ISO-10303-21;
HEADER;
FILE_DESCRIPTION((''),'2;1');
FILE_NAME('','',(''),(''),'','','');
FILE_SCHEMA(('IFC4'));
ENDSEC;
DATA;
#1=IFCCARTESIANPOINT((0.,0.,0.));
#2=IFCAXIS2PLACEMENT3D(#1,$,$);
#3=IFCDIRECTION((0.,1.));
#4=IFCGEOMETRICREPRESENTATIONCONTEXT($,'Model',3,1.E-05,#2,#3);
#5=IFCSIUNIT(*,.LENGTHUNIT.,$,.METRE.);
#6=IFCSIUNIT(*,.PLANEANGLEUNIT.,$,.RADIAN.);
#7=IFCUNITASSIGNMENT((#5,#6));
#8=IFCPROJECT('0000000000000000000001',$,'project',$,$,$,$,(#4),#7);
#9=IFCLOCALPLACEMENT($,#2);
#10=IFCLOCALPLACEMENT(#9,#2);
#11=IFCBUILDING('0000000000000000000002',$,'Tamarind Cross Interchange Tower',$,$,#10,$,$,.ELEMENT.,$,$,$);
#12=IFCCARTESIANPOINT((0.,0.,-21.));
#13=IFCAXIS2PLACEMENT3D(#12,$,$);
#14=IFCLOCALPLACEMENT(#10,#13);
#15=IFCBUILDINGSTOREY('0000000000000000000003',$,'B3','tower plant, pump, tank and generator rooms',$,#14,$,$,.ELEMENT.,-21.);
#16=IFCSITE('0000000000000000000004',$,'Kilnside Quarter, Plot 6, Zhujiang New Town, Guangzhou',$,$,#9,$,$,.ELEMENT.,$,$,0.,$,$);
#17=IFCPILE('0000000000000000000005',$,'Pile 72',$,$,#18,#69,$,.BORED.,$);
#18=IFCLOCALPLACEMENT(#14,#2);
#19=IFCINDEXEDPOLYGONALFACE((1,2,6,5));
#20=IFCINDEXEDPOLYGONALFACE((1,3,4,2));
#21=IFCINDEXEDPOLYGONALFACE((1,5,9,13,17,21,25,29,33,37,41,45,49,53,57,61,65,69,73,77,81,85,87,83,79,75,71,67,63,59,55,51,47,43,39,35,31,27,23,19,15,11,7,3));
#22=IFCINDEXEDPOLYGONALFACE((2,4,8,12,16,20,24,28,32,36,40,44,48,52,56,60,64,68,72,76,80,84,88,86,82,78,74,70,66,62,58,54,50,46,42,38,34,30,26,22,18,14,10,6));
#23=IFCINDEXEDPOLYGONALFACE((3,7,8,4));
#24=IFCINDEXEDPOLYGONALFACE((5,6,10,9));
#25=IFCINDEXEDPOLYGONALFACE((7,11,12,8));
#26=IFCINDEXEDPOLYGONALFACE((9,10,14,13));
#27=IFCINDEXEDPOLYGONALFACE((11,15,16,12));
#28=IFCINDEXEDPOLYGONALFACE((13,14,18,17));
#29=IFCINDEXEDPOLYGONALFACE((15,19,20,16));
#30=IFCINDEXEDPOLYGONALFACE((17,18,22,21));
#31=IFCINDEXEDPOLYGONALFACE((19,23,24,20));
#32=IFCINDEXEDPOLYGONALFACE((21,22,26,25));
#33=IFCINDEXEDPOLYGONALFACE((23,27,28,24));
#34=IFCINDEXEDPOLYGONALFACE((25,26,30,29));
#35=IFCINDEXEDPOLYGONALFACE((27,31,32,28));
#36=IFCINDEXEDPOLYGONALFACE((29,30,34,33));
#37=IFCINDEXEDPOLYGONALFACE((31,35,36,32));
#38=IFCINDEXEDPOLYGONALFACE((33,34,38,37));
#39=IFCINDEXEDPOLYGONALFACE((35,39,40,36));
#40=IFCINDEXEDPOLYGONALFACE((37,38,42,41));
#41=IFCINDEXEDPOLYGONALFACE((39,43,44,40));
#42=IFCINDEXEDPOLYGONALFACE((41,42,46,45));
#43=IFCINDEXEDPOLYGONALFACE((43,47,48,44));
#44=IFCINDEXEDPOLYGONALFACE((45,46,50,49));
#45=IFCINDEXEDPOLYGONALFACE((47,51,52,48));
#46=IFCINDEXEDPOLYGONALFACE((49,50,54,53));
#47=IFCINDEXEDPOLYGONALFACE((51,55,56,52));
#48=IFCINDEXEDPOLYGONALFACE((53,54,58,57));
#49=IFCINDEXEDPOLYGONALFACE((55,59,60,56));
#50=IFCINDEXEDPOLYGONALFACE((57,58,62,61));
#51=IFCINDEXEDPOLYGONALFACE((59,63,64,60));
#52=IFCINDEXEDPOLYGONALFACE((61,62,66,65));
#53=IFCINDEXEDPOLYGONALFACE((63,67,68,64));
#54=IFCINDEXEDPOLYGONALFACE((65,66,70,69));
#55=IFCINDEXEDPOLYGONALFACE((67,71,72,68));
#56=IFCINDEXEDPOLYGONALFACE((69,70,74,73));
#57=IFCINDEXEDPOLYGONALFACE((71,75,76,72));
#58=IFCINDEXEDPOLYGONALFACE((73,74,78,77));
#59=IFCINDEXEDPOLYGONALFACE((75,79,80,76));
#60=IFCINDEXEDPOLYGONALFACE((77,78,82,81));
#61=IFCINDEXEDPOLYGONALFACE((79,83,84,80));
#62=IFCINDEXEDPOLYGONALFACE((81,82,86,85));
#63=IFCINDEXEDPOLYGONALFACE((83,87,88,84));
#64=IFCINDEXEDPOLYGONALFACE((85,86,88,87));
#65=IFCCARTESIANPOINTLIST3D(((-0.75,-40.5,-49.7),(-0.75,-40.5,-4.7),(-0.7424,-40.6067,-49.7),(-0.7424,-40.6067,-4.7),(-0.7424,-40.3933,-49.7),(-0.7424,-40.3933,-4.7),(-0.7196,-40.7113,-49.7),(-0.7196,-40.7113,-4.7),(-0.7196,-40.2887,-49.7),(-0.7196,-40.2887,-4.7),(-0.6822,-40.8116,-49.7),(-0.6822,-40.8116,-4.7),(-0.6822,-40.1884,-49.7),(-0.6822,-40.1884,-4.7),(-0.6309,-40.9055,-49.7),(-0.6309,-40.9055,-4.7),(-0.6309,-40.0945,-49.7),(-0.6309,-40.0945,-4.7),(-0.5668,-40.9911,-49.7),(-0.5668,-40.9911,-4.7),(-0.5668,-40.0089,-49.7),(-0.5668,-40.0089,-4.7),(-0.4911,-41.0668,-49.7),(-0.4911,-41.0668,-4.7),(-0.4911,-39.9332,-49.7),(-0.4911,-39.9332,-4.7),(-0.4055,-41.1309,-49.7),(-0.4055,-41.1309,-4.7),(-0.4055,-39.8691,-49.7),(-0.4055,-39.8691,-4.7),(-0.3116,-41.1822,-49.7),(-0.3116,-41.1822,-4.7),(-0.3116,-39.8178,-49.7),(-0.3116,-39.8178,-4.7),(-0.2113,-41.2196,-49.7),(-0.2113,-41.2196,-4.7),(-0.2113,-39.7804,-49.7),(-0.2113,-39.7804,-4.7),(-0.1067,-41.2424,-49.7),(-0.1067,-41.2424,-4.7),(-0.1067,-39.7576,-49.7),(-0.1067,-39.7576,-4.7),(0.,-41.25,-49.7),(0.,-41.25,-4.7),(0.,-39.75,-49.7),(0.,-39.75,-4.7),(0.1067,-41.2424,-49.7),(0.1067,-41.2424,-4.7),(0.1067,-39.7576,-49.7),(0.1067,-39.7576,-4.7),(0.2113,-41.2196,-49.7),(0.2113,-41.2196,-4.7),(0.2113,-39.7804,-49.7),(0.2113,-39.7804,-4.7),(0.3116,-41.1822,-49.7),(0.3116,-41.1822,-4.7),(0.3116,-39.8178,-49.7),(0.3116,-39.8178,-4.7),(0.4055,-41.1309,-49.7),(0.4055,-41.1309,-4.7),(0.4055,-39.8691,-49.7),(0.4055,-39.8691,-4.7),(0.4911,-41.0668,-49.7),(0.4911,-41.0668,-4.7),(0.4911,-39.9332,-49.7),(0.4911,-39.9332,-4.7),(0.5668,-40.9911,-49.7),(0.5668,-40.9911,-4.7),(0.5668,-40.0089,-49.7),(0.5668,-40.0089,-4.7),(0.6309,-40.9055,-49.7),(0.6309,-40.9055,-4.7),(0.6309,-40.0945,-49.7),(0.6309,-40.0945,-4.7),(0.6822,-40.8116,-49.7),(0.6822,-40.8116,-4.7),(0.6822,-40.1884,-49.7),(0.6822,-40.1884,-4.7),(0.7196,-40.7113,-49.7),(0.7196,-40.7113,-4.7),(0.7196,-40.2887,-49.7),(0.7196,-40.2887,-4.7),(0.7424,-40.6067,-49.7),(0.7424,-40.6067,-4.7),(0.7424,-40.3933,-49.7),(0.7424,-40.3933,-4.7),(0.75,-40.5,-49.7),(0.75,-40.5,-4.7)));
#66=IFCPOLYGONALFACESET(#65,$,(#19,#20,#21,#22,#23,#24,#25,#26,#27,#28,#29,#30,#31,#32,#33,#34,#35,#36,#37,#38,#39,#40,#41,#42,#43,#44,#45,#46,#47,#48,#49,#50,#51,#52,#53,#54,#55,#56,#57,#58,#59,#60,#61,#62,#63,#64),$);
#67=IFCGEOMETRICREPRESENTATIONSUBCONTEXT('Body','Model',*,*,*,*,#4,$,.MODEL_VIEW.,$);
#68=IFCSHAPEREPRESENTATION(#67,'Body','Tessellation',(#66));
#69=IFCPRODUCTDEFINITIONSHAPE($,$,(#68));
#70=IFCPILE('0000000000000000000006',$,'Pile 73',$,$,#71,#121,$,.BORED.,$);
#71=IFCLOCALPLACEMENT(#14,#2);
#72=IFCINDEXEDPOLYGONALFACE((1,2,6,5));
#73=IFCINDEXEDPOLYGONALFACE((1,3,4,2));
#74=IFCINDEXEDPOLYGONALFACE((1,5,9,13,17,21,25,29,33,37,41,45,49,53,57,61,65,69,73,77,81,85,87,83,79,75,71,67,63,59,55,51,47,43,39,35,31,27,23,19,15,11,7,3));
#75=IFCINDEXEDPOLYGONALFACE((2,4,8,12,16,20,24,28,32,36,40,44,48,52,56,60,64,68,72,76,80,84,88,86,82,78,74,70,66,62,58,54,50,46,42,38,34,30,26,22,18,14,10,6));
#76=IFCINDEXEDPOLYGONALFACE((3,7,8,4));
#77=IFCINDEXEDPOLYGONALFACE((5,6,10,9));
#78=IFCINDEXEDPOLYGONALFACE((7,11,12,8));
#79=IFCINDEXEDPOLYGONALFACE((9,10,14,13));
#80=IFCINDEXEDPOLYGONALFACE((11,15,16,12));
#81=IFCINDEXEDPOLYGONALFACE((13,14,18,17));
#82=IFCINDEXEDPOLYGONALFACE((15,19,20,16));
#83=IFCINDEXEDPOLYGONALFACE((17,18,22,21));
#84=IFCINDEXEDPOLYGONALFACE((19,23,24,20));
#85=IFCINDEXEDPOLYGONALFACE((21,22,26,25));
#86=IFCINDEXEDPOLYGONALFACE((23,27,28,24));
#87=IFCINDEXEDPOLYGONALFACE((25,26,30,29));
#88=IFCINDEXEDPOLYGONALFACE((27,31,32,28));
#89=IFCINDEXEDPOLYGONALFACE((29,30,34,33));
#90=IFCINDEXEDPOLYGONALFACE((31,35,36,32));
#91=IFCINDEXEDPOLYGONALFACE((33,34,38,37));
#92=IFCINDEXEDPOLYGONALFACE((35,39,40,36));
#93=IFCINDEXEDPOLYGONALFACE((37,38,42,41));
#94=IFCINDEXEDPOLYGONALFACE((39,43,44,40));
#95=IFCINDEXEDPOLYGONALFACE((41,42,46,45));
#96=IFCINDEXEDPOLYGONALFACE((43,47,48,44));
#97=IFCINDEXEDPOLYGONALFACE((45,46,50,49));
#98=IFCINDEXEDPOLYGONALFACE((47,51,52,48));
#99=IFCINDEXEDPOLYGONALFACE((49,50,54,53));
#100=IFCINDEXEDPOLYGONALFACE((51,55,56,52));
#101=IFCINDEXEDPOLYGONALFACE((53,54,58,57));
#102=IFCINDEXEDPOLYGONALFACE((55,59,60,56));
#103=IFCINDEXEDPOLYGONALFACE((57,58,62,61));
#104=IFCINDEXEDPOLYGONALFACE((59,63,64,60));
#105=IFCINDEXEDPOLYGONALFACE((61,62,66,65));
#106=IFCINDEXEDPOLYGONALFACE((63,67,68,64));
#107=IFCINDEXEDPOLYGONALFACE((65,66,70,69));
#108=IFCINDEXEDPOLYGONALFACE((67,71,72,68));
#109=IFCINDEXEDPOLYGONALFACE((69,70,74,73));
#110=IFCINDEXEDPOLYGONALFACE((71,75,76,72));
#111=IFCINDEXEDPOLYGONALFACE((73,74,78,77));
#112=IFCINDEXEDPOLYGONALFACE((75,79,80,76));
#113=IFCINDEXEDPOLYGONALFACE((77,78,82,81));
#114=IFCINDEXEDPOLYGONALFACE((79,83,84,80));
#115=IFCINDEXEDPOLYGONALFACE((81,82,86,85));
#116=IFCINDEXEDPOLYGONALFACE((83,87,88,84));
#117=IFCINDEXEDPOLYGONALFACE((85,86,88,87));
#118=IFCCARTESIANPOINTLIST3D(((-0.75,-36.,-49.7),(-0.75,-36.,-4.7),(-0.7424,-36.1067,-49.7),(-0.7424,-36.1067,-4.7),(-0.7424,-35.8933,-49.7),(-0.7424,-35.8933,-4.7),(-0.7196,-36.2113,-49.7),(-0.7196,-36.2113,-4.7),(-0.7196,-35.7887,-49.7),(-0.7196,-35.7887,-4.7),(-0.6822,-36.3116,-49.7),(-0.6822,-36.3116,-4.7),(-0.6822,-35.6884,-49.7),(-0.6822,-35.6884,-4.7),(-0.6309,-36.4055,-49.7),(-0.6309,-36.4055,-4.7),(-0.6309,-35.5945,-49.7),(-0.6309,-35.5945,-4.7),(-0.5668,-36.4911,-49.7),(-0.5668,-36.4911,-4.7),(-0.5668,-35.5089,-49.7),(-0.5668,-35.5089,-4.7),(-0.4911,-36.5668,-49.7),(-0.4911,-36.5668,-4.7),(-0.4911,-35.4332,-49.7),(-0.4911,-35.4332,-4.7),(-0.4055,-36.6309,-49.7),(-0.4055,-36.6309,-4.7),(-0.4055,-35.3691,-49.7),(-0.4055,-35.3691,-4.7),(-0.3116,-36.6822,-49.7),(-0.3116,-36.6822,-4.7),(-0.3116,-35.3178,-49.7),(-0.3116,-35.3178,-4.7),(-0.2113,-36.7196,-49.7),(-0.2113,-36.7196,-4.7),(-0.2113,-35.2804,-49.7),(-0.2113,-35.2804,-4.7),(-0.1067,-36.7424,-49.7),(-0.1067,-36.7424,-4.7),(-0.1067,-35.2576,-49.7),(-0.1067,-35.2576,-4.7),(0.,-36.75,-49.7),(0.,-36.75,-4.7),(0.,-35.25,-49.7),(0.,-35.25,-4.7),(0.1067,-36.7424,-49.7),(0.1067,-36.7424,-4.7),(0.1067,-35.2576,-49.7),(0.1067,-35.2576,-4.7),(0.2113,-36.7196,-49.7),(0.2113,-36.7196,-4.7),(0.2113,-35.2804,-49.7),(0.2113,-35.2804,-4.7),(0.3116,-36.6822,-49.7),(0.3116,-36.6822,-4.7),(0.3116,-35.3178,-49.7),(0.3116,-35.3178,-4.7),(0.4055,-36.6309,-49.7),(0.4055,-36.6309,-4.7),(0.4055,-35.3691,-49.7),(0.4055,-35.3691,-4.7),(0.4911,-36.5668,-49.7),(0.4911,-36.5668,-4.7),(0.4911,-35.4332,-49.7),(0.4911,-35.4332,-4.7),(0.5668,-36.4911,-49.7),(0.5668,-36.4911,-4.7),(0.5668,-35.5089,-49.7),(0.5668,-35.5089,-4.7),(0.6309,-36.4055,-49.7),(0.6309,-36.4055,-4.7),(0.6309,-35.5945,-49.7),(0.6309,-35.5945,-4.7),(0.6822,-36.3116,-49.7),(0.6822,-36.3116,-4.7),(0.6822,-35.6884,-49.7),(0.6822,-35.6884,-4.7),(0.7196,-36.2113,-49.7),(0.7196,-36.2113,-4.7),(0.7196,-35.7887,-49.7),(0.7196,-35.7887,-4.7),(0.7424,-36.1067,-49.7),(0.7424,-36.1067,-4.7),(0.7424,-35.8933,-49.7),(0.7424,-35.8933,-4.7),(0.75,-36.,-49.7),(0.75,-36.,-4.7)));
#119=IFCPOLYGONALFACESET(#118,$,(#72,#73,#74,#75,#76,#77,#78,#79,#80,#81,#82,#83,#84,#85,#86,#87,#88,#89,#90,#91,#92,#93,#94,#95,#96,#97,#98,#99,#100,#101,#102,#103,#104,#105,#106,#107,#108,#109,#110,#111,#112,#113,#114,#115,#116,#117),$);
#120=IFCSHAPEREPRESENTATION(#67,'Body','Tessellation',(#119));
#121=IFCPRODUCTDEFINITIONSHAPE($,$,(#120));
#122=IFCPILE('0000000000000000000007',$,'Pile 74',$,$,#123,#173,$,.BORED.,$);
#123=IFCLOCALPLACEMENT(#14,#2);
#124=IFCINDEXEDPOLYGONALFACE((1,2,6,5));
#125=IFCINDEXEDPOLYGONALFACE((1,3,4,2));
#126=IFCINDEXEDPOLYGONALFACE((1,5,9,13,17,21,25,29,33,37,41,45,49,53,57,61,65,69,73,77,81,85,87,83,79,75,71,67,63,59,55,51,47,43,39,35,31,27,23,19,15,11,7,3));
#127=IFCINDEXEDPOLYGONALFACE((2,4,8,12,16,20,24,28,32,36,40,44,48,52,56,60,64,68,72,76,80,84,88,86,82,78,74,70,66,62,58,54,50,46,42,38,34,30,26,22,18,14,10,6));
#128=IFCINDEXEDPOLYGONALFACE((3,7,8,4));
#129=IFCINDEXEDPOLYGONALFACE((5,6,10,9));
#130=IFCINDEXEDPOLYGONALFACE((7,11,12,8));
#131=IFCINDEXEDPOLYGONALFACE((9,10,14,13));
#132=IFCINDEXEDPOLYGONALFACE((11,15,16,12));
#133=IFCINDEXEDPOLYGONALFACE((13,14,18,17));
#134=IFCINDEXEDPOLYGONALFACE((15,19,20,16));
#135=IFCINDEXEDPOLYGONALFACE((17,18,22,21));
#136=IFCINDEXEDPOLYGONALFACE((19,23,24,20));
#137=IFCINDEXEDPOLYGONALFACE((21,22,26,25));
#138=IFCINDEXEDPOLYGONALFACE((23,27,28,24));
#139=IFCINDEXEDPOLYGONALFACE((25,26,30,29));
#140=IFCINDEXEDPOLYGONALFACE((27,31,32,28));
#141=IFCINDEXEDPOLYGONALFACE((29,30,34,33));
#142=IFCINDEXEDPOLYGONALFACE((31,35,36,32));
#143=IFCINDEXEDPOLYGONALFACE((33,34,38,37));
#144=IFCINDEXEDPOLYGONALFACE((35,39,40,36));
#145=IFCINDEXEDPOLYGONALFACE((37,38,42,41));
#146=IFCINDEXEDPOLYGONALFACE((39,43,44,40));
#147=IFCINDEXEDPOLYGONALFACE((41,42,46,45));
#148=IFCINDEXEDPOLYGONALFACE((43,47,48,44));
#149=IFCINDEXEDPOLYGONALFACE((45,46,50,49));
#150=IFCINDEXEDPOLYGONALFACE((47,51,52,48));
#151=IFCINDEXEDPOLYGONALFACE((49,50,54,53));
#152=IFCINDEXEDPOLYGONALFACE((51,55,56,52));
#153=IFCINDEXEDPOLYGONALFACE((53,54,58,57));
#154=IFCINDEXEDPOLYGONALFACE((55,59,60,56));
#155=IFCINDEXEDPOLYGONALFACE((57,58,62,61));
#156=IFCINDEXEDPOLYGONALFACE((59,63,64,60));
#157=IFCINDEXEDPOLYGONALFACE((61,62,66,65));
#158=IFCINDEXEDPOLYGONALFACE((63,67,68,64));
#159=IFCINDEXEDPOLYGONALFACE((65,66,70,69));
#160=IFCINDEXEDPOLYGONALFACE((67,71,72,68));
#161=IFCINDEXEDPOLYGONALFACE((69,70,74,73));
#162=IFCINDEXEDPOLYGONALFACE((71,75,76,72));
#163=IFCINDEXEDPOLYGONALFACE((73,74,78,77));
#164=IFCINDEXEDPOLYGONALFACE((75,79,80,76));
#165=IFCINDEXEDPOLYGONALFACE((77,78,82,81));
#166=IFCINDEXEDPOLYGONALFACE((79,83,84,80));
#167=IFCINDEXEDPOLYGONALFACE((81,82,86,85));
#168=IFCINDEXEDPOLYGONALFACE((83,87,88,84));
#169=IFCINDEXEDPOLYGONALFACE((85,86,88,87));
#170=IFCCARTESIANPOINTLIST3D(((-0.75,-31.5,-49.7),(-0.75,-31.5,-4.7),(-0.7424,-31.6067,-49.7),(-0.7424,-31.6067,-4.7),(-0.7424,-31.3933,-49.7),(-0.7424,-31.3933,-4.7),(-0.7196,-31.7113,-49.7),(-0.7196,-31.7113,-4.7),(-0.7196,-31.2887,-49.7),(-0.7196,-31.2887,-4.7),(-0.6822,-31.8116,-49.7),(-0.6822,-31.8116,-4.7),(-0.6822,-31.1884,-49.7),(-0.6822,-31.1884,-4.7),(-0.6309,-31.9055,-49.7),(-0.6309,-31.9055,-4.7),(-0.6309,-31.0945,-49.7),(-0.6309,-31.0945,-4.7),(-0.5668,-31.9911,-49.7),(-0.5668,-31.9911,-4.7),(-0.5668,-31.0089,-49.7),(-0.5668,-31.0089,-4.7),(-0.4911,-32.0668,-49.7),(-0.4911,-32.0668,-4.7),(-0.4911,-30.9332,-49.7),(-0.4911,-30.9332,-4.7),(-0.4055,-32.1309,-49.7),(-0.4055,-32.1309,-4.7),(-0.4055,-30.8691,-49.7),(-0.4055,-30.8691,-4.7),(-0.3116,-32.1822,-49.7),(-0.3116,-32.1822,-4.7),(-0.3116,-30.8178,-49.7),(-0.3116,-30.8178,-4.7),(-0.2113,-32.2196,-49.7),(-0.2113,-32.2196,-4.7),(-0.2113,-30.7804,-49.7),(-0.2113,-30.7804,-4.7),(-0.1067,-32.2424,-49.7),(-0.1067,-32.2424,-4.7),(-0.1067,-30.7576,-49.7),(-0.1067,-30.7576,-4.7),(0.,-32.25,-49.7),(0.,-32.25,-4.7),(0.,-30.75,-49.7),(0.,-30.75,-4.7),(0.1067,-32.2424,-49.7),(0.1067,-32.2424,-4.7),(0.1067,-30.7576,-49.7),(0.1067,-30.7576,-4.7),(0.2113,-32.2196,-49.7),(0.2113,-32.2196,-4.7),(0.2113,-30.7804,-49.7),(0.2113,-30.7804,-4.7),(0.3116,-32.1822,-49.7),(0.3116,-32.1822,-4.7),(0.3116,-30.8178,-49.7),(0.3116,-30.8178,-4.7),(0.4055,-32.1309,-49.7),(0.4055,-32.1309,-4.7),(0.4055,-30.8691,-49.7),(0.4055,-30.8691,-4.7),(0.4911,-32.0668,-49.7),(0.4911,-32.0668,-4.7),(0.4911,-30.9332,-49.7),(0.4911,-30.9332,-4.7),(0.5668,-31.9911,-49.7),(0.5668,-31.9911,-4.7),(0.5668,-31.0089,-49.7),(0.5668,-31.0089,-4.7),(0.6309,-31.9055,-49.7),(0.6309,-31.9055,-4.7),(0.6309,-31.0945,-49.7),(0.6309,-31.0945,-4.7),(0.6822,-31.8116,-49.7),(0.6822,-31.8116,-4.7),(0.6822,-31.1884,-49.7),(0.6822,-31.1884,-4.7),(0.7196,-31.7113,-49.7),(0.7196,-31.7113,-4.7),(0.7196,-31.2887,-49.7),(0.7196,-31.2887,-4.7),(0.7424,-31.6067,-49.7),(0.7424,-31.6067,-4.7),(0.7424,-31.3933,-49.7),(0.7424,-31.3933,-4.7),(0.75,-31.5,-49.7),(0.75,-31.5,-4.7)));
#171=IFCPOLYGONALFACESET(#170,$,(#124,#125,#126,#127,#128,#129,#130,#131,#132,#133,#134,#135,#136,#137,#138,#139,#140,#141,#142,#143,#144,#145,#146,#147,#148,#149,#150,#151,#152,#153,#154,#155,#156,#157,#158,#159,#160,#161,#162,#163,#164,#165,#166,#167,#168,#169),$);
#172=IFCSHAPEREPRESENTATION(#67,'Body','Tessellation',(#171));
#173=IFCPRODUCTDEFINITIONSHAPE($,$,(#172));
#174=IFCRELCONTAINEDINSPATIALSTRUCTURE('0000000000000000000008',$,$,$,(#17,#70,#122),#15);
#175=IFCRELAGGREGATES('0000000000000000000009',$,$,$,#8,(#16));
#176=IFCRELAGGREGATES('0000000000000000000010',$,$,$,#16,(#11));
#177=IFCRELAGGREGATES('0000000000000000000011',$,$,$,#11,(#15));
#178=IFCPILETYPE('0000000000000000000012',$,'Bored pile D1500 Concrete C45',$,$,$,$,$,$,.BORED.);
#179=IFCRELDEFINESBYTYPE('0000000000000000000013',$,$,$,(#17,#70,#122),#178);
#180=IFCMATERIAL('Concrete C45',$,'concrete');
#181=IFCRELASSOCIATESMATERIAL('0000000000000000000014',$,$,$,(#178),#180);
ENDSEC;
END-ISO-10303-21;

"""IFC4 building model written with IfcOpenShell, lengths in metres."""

from ifc_helpers import new_model, si_unit, direction, frame, origin, origin_2d, place, context, subcontext, project, spatial, circle, extrude, material, material_profile, profile_set, type_object, element, save


model = new_model("IFC4")

# Units and contexts
model_context = context("Model", 3, precision=1e-05, world=origin(), true_north=direction((0.0, 1.0)))
body_context = subcontext(model_context, "Body", "Model", "MODEL_VIEW")
ifc_project = project(units=[si_unit("LENGTHUNIT", "METRE"), si_unit("PLANEANGLEUNIT", "RADIAN")], contexts=[model_context])

# Site, building, storey
site_placement = place(None, origin())
site = spatial("IfcSite", under=ifc_project, at=site_placement, Name="Kilnside Quarter, Plot 6, Zhujiang New Town, Guangzhou", CompositionType="ELEMENT", RefElevation=0.0)
building_placement = place(site_placement, origin())
building = spatial("IfcBuilding", under=site, at=building_placement, Name="Tamarind Cross Interchange Tower", CompositionType="ELEMENT")
storey_placement = place(building_placement, frame((0.0, 0.0, -21.0)))
storey = spatial("IfcBuildingStorey", under=building, at=storey_placement, Name="B3", Description="tower plant, pump, tank and generator rooms", CompositionType="ELEMENT", Elevation=-21.0)

# Piles
ifc_material_1 = material(Name="Concrete C45", Category="concrete")
ifc_material_profile_1 = material_profile(ifc_material_1, circle(Radius=0.75, at=origin_2d()), Name="RC D1500")
ifc_profile_set_1 = profile_set([ifc_material_profile_1], Name="Concrete C45")
pile_type = type_object("IfcPileType", Name="Bored pile D1500 Concrete C45", PredefinedType="BORED", material=ifc_profile_set_1)
for number, where, z_axis, x_axis, name in (
    (1, (0.0, -40.5, -4.7), (0.0, 0.0, -1.0), (1.0, 0.0, 0.0), "Pile 72"),
    (2, (0.0, -36.0, -4.7), (0.0, 0.0, -1.0), (1.0, 0.0, 0.0), "Pile 73"),
    (3, (0.0, -31.5, -4.7), (0.0, 0.0, -1.0), (1.0, 0.0, 0.0), "Pile 74"),
):
    element("IfcPile", number, at=place(storey_placement, frame(where, z_axis=z_axis, x_axis=x_axis)), inside=storey, type_object=pile_type, Name=name, PredefinedType="BORED", context=body_context, shape_type="SweptSolid", body=[
        extrude(circle(Radius=0.75, at=origin_2d()), origin(), (0.0, 0.0, 1.0), 45.0),
    ])

save(model, "model.ifc")
